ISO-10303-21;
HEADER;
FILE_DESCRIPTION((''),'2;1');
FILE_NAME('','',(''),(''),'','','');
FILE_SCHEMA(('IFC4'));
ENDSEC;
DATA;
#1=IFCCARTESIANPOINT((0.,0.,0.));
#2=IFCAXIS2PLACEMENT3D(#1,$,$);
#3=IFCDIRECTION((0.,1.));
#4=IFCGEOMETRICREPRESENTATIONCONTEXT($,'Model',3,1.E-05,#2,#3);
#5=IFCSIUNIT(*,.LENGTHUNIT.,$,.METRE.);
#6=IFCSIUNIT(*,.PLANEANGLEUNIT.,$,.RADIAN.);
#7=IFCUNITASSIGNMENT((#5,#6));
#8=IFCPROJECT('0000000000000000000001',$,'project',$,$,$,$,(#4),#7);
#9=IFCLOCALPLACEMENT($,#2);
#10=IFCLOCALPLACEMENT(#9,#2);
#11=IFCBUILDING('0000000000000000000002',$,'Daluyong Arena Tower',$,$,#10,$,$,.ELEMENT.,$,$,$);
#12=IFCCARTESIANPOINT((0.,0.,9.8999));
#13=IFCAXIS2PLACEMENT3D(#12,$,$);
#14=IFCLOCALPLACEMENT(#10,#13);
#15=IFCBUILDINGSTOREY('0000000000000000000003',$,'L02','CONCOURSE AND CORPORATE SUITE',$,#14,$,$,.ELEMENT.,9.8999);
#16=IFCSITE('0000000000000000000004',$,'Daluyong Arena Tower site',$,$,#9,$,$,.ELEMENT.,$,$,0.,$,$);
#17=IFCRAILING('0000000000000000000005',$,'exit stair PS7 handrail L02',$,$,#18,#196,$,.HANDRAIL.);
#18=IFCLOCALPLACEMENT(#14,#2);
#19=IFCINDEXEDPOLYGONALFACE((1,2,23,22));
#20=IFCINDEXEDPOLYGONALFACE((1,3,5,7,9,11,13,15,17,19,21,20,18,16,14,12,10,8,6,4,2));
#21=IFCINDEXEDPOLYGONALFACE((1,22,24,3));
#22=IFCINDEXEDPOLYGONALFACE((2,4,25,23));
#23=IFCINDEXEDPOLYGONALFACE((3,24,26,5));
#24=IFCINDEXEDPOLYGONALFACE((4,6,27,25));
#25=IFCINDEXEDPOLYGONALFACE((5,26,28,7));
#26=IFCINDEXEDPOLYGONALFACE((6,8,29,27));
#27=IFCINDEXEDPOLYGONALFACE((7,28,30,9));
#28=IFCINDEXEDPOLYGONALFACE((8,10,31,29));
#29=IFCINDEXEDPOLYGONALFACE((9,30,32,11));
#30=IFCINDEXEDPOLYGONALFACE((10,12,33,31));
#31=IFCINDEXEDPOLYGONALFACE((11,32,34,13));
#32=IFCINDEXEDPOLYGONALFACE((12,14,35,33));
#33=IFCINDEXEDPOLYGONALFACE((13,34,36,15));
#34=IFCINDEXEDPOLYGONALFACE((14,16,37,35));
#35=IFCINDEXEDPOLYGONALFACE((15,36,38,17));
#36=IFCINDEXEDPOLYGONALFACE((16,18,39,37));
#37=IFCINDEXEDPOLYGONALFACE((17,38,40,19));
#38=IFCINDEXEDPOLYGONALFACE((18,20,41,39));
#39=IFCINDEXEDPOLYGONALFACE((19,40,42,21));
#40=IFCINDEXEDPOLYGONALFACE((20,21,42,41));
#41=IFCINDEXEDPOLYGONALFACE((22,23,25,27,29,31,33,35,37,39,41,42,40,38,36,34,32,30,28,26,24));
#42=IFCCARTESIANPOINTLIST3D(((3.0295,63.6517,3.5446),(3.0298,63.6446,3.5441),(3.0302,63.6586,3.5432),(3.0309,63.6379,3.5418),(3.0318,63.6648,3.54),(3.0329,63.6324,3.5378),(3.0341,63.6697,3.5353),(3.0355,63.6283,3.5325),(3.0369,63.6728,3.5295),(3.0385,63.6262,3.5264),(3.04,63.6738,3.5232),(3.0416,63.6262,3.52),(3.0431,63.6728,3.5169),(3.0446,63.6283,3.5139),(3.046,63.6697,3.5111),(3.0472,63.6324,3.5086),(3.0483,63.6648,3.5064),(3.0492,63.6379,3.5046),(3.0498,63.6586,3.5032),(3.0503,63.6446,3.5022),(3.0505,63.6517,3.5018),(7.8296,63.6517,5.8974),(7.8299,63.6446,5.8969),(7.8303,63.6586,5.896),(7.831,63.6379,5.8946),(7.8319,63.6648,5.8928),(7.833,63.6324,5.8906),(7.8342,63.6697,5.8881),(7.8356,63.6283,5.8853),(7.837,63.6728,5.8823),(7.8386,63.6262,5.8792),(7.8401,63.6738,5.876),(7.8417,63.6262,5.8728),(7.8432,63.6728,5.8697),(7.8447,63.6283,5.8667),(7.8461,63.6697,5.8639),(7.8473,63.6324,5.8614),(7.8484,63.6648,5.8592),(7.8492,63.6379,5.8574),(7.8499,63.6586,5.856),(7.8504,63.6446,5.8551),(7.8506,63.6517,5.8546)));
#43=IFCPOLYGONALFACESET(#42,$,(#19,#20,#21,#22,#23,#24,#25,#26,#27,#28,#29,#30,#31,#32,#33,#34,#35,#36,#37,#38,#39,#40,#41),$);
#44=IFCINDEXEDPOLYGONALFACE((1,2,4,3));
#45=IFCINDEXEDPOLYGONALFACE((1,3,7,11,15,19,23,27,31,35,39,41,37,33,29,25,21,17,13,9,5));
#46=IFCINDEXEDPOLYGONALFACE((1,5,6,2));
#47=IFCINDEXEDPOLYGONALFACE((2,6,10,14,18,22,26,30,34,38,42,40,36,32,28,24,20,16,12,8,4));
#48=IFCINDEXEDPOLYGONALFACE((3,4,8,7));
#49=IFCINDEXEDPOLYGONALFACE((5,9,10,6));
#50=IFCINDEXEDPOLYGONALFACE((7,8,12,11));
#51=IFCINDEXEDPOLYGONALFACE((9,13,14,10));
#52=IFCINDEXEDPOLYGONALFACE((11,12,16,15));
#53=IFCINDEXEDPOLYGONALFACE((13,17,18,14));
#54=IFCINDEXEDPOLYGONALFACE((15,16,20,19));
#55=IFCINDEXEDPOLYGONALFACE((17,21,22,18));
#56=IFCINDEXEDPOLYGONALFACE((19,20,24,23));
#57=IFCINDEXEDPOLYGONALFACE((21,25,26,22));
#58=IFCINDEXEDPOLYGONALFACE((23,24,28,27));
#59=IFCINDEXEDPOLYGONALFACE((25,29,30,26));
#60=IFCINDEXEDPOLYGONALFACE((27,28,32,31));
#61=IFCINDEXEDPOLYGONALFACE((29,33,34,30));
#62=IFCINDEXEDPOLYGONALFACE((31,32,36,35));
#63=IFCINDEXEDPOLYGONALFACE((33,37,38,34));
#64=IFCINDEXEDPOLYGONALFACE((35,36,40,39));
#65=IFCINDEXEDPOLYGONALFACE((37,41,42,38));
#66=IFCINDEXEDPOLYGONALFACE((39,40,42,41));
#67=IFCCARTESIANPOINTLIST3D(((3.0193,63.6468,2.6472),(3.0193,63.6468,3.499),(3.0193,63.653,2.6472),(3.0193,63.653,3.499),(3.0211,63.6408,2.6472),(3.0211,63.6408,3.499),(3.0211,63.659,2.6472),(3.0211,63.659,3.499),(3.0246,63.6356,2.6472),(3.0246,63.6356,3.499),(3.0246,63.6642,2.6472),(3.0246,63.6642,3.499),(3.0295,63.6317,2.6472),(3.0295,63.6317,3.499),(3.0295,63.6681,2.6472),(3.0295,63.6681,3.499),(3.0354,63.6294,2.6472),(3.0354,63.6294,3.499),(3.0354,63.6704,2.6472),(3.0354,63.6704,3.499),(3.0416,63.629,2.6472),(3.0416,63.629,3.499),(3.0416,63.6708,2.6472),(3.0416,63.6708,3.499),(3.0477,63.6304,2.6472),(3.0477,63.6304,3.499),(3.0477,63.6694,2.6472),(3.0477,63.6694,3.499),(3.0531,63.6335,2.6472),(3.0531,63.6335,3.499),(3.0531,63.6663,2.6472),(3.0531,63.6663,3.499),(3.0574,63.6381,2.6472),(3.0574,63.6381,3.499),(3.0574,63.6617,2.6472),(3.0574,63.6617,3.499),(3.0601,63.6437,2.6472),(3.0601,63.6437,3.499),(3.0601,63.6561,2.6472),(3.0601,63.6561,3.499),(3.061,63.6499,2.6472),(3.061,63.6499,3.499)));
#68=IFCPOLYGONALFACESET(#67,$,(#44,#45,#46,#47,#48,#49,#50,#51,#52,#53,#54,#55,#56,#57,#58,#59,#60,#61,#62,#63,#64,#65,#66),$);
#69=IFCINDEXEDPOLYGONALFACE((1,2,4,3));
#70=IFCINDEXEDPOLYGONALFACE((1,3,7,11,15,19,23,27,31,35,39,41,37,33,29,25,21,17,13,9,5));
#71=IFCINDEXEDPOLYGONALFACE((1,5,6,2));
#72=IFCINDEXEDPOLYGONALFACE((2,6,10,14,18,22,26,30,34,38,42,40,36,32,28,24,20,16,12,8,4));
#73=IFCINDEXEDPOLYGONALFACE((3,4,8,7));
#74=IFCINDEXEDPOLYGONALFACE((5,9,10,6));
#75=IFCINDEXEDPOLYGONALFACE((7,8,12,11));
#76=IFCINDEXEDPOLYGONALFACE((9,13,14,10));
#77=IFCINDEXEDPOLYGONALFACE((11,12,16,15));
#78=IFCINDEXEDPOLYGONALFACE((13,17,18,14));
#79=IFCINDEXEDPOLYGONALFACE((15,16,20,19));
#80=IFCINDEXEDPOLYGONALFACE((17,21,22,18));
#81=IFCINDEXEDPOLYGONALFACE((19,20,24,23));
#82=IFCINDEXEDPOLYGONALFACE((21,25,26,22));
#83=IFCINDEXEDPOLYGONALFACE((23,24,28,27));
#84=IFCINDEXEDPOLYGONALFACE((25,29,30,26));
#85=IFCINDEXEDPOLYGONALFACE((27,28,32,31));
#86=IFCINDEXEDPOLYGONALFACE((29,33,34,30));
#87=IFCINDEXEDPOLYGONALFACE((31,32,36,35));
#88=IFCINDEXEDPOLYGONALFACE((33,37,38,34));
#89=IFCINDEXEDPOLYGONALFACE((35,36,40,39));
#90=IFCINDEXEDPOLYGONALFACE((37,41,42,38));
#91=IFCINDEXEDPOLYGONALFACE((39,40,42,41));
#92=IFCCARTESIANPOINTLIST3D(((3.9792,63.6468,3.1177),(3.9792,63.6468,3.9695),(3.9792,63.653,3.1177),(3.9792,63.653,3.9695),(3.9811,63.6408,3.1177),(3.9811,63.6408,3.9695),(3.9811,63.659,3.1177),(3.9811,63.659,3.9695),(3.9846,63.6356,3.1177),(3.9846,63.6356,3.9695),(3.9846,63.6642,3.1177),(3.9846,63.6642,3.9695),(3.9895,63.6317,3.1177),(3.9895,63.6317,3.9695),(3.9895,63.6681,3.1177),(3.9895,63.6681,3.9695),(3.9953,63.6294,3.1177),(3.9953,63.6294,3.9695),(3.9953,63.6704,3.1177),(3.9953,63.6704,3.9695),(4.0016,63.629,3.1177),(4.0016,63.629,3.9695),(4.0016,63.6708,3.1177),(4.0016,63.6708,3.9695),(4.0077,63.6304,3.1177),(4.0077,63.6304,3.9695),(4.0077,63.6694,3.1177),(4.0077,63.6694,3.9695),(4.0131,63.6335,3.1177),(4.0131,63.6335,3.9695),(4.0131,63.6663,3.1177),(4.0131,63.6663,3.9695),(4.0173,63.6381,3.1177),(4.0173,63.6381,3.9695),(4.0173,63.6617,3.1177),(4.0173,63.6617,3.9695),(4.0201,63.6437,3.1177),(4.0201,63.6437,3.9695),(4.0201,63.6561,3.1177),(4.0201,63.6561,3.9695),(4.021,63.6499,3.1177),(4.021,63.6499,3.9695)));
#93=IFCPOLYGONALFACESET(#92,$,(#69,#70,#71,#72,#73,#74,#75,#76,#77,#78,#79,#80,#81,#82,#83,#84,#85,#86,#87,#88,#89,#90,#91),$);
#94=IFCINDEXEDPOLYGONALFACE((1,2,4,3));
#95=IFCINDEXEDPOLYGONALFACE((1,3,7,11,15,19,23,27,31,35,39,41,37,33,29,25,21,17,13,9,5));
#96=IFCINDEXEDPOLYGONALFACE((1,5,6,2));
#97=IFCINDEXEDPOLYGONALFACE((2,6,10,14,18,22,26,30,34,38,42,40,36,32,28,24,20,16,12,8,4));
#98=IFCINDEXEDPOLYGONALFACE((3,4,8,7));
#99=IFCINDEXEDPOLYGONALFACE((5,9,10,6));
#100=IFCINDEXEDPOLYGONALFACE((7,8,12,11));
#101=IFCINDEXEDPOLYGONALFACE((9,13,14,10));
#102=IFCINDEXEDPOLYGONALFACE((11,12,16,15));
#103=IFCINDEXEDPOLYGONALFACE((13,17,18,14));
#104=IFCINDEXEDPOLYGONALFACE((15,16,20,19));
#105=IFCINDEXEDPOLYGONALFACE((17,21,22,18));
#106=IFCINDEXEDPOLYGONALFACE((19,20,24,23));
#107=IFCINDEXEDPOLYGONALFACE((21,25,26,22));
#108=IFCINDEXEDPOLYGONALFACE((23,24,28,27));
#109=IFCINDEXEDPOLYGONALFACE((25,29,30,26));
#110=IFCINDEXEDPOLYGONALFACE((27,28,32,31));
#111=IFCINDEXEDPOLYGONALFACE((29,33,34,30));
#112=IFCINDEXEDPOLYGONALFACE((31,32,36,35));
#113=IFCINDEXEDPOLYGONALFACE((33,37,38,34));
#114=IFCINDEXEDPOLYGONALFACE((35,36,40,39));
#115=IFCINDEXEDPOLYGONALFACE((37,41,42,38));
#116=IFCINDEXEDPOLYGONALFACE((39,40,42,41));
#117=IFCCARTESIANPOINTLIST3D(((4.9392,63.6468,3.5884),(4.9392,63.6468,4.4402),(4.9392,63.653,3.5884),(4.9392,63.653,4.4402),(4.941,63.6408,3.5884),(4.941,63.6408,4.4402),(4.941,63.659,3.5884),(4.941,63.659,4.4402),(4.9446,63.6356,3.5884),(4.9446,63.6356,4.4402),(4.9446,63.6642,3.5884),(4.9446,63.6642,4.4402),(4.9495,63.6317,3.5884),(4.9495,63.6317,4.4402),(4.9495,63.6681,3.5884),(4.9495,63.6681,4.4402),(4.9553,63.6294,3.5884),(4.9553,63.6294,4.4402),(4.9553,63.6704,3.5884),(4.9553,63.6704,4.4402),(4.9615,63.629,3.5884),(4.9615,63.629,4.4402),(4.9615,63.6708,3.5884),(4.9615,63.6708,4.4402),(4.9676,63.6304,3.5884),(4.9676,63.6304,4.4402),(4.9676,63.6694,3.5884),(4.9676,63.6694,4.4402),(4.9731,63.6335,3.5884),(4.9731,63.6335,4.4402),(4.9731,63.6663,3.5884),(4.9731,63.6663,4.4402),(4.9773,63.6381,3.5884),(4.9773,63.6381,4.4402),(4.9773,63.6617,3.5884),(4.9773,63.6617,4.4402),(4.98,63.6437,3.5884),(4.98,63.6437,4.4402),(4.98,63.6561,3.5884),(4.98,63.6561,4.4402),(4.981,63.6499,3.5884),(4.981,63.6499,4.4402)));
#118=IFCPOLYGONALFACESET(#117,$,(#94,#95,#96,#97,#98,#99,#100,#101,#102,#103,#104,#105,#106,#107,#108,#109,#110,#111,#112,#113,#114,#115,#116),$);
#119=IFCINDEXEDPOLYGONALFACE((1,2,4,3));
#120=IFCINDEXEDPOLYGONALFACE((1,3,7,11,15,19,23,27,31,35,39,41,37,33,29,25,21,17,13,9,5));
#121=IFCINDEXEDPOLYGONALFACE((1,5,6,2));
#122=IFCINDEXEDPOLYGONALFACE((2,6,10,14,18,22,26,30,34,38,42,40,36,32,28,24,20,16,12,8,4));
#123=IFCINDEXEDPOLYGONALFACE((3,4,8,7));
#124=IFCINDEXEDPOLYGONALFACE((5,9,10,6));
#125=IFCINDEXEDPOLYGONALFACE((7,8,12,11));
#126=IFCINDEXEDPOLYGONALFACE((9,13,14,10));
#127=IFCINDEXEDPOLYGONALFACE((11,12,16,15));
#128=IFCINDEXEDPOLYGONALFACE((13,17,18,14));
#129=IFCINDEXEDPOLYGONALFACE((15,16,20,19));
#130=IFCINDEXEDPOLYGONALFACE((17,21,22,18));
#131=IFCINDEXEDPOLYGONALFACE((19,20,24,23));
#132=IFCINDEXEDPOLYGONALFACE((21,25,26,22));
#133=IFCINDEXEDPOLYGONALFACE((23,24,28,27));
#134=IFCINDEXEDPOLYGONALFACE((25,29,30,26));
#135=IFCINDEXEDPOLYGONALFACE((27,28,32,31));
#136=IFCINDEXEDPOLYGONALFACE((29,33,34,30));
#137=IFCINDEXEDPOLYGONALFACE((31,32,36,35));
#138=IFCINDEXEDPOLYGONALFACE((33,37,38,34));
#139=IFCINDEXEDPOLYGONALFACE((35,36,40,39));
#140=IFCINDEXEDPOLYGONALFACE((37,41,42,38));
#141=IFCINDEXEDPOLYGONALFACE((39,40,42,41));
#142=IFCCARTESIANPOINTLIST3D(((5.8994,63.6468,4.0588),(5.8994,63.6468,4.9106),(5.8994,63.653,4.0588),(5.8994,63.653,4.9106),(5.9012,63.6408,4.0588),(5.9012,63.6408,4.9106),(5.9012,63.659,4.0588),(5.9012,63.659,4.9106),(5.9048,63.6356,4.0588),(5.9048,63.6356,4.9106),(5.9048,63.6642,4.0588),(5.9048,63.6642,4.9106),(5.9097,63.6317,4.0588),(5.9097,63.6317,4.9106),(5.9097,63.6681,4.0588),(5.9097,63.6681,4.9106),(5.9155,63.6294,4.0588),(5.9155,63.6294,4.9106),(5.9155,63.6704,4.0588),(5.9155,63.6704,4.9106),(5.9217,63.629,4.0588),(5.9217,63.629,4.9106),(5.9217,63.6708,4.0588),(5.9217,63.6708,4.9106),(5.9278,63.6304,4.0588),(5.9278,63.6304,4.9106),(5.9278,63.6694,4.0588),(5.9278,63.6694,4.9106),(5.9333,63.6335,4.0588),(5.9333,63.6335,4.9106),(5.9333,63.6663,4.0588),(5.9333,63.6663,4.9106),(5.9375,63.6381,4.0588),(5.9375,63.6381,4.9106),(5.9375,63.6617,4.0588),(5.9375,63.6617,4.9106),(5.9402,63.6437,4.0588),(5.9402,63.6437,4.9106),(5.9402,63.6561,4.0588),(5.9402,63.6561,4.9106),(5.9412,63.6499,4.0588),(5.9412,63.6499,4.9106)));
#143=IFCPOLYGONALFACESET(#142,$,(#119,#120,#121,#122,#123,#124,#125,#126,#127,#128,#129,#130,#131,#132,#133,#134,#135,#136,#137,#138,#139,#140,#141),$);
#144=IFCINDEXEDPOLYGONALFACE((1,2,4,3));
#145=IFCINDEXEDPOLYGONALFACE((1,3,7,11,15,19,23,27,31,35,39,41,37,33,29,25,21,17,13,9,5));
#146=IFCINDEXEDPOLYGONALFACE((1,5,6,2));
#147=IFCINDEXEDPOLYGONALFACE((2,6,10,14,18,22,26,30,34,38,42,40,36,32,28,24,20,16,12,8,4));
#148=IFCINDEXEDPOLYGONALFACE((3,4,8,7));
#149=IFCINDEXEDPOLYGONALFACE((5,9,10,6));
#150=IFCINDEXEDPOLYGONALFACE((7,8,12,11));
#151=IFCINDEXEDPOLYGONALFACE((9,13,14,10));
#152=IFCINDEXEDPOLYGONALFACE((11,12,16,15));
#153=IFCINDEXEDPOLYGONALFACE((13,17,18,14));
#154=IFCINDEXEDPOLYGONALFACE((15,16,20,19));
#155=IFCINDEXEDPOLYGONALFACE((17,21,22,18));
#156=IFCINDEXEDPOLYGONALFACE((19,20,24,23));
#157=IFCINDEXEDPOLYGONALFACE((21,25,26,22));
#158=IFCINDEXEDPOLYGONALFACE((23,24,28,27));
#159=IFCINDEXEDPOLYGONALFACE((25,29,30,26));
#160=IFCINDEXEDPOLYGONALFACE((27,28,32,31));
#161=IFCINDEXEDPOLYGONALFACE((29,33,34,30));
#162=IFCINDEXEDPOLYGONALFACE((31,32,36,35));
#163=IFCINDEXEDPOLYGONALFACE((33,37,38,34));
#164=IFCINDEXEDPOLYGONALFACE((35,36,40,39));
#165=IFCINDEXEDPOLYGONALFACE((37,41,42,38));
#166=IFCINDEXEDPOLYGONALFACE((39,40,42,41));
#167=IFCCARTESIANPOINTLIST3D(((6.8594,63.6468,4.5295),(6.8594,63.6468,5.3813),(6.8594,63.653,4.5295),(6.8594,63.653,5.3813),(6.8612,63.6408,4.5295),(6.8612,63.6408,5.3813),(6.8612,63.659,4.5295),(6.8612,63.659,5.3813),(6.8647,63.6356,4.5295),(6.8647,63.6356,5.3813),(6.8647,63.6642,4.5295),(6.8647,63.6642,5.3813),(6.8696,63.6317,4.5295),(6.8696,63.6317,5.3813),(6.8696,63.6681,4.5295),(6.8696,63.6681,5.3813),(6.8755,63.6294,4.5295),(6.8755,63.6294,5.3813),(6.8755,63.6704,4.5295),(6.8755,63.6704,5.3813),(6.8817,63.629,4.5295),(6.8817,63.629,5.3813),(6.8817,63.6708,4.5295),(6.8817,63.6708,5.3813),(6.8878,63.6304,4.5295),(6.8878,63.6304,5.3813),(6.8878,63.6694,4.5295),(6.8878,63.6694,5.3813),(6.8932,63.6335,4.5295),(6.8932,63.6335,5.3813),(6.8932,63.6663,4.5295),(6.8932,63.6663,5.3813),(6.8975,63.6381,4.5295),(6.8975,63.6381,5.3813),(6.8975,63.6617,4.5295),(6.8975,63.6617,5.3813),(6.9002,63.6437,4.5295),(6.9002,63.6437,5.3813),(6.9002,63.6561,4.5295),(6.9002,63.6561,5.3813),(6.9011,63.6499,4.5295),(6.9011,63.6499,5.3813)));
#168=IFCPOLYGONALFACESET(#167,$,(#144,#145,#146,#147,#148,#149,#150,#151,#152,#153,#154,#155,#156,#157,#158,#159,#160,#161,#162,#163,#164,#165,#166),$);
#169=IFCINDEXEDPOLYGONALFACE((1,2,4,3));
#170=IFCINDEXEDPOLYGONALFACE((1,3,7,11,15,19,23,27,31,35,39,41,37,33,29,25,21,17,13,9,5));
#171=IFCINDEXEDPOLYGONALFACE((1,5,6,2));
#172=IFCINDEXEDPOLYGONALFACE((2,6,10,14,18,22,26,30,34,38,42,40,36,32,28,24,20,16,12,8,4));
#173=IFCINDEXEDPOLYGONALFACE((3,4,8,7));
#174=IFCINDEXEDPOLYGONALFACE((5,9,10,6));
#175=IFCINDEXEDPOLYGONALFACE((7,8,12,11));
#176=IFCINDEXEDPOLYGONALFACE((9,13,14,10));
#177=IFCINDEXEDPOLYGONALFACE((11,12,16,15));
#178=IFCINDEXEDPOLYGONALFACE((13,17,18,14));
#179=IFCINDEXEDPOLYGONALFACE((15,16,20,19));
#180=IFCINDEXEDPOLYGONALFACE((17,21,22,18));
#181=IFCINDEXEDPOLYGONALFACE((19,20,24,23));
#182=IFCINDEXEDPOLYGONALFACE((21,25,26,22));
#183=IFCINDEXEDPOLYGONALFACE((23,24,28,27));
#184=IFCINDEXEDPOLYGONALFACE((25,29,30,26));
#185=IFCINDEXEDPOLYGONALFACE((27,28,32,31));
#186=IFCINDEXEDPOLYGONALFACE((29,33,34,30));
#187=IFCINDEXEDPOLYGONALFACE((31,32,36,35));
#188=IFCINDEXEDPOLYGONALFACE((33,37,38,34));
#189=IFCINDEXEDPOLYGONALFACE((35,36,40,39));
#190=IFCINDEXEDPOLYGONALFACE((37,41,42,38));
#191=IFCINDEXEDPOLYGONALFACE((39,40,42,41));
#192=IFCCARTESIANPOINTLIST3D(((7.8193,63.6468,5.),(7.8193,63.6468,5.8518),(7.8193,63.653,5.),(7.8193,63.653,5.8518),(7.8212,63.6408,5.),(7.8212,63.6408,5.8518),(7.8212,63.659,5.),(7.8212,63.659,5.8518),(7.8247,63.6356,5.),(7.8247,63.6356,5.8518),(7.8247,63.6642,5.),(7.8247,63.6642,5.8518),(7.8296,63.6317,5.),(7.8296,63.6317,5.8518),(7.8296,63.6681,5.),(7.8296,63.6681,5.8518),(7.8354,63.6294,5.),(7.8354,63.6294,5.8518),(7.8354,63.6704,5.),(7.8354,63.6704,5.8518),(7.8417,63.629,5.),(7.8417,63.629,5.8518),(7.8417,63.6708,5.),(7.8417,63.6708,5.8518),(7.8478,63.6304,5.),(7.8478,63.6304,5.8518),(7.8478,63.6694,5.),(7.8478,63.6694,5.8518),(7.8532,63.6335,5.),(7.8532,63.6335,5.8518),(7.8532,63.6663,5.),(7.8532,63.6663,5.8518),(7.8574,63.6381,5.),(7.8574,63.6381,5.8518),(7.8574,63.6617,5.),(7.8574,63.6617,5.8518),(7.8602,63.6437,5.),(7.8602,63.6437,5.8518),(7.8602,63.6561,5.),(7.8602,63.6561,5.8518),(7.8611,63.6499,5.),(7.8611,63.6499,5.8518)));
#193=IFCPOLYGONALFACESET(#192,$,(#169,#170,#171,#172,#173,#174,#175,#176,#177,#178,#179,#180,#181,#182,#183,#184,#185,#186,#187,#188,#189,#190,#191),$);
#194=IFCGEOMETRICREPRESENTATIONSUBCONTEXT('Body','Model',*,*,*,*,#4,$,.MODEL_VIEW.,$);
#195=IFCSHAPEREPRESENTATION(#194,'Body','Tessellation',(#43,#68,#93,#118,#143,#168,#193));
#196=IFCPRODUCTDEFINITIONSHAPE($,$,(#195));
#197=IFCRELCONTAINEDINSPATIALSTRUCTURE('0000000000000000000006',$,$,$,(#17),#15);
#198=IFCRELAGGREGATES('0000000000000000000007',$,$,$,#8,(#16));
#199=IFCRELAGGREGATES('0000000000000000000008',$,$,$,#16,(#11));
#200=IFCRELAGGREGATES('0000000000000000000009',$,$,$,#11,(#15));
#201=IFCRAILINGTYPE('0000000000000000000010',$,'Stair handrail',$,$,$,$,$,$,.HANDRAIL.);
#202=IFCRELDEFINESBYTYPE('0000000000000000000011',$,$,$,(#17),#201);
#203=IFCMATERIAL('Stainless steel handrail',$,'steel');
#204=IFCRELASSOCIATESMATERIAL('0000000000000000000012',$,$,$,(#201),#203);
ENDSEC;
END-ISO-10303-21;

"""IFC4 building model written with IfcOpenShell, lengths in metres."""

from ifc_helpers import new_model, si_unit, direction, frame, origin, origin_2d, place, context, subcontext, project, spatial, circle, extrude, material, type_object, element, save


model = new_model("IFC4")

# Units and contexts
model_context = context("Model", 3, precision=1e-05, world=origin(), true_north=direction((0.0, 1.0)))
body_context = subcontext(model_context, "Body", "Model", "MODEL_VIEW")
ifc_project = project(units=[si_unit("LENGTHUNIT", "METRE"), si_unit("PLANEANGLEUNIT", "RADIAN")], contexts=[model_context])

# Site, building, storey
site_placement = place(None, origin())
site = spatial("IfcSite", under=ifc_project, at=site_placement, Name="Daluyong Arena Tower site", CompositionType="ELEMENT", RefElevation=0.0)
building_placement = place(site_placement, origin())
building = spatial("IfcBuilding", under=site, at=building_placement, Name="Daluyong Arena Tower", CompositionType="ELEMENT")
storey_placement = place(building_placement, frame((0.0, 0.0, 9.8999)))
storey = spatial("IfcBuildingStorey", under=building, at=storey_placement, Name="L02", Description="CONCOURSE AND CORPORATE SUITE", CompositionType="ELEMENT", Elevation=9.8999)

# Railing
ifc_material_1 = material(Name="Stainless steel handrail", Category="steel")
railing_type_1 = type_object("IfcRailingType", Name="Stair handrail", PredefinedType="HANDRAIL", material=ifc_material_1)
railing_1_placement = place(storey_placement, frame((3.04, 63.6499, 2.6472)))
element("IfcRailing", 1, at=railing_1_placement, inside=storey, type_object=railing_type_1, Name="exit stair PS7 handrail L02", PredefinedType="HANDRAIL", context=body_context, shape_type="SweptSolid", body=[
    extrude(circle(Radius=0.0239, at=origin_2d()), frame((0.0, 0.0, 0.876), z_axis=(0.897934, 0.0, 0.44013), x_axis=(0.0, 1.0, 0.0)), (0.0, 0.0, 1.0), 5.3457),
    extrude(circle(Radius=0.021, at=origin_2d()), origin(), (0.0, 0.0, 1.0), 0.8518),
    extrude(circle(Radius=0.021, at=origin_2d()), frame((0.96, 0.0, 0.4705)), (0.0, 0.0, 1.0), 0.8518),
    extrude(circle(Radius=0.021, at=origin_2d()), frame((1.9199, 0.0, 0.9412)), (0.0, 0.0, 1.0), 0.8518),
    extrude(circle(Radius=0.021, at=origin_2d()), frame((2.8801, 0.0, 1.4116)), (0.0, 0.0, 1.0), 0.8518),
    extrude(circle(Radius=0.021, at=origin_2d()), frame((3.8401, 0.0, 1.8823)), (0.0, 0.0, 1.0), 0.8518),
    extrude(circle(Radius=0.021, at=origin_2d()), frame((4.8, 0.0, 2.3528)), (0.0, 0.0, 1.0), 0.8518),
])

save(model, "model.ifc")
